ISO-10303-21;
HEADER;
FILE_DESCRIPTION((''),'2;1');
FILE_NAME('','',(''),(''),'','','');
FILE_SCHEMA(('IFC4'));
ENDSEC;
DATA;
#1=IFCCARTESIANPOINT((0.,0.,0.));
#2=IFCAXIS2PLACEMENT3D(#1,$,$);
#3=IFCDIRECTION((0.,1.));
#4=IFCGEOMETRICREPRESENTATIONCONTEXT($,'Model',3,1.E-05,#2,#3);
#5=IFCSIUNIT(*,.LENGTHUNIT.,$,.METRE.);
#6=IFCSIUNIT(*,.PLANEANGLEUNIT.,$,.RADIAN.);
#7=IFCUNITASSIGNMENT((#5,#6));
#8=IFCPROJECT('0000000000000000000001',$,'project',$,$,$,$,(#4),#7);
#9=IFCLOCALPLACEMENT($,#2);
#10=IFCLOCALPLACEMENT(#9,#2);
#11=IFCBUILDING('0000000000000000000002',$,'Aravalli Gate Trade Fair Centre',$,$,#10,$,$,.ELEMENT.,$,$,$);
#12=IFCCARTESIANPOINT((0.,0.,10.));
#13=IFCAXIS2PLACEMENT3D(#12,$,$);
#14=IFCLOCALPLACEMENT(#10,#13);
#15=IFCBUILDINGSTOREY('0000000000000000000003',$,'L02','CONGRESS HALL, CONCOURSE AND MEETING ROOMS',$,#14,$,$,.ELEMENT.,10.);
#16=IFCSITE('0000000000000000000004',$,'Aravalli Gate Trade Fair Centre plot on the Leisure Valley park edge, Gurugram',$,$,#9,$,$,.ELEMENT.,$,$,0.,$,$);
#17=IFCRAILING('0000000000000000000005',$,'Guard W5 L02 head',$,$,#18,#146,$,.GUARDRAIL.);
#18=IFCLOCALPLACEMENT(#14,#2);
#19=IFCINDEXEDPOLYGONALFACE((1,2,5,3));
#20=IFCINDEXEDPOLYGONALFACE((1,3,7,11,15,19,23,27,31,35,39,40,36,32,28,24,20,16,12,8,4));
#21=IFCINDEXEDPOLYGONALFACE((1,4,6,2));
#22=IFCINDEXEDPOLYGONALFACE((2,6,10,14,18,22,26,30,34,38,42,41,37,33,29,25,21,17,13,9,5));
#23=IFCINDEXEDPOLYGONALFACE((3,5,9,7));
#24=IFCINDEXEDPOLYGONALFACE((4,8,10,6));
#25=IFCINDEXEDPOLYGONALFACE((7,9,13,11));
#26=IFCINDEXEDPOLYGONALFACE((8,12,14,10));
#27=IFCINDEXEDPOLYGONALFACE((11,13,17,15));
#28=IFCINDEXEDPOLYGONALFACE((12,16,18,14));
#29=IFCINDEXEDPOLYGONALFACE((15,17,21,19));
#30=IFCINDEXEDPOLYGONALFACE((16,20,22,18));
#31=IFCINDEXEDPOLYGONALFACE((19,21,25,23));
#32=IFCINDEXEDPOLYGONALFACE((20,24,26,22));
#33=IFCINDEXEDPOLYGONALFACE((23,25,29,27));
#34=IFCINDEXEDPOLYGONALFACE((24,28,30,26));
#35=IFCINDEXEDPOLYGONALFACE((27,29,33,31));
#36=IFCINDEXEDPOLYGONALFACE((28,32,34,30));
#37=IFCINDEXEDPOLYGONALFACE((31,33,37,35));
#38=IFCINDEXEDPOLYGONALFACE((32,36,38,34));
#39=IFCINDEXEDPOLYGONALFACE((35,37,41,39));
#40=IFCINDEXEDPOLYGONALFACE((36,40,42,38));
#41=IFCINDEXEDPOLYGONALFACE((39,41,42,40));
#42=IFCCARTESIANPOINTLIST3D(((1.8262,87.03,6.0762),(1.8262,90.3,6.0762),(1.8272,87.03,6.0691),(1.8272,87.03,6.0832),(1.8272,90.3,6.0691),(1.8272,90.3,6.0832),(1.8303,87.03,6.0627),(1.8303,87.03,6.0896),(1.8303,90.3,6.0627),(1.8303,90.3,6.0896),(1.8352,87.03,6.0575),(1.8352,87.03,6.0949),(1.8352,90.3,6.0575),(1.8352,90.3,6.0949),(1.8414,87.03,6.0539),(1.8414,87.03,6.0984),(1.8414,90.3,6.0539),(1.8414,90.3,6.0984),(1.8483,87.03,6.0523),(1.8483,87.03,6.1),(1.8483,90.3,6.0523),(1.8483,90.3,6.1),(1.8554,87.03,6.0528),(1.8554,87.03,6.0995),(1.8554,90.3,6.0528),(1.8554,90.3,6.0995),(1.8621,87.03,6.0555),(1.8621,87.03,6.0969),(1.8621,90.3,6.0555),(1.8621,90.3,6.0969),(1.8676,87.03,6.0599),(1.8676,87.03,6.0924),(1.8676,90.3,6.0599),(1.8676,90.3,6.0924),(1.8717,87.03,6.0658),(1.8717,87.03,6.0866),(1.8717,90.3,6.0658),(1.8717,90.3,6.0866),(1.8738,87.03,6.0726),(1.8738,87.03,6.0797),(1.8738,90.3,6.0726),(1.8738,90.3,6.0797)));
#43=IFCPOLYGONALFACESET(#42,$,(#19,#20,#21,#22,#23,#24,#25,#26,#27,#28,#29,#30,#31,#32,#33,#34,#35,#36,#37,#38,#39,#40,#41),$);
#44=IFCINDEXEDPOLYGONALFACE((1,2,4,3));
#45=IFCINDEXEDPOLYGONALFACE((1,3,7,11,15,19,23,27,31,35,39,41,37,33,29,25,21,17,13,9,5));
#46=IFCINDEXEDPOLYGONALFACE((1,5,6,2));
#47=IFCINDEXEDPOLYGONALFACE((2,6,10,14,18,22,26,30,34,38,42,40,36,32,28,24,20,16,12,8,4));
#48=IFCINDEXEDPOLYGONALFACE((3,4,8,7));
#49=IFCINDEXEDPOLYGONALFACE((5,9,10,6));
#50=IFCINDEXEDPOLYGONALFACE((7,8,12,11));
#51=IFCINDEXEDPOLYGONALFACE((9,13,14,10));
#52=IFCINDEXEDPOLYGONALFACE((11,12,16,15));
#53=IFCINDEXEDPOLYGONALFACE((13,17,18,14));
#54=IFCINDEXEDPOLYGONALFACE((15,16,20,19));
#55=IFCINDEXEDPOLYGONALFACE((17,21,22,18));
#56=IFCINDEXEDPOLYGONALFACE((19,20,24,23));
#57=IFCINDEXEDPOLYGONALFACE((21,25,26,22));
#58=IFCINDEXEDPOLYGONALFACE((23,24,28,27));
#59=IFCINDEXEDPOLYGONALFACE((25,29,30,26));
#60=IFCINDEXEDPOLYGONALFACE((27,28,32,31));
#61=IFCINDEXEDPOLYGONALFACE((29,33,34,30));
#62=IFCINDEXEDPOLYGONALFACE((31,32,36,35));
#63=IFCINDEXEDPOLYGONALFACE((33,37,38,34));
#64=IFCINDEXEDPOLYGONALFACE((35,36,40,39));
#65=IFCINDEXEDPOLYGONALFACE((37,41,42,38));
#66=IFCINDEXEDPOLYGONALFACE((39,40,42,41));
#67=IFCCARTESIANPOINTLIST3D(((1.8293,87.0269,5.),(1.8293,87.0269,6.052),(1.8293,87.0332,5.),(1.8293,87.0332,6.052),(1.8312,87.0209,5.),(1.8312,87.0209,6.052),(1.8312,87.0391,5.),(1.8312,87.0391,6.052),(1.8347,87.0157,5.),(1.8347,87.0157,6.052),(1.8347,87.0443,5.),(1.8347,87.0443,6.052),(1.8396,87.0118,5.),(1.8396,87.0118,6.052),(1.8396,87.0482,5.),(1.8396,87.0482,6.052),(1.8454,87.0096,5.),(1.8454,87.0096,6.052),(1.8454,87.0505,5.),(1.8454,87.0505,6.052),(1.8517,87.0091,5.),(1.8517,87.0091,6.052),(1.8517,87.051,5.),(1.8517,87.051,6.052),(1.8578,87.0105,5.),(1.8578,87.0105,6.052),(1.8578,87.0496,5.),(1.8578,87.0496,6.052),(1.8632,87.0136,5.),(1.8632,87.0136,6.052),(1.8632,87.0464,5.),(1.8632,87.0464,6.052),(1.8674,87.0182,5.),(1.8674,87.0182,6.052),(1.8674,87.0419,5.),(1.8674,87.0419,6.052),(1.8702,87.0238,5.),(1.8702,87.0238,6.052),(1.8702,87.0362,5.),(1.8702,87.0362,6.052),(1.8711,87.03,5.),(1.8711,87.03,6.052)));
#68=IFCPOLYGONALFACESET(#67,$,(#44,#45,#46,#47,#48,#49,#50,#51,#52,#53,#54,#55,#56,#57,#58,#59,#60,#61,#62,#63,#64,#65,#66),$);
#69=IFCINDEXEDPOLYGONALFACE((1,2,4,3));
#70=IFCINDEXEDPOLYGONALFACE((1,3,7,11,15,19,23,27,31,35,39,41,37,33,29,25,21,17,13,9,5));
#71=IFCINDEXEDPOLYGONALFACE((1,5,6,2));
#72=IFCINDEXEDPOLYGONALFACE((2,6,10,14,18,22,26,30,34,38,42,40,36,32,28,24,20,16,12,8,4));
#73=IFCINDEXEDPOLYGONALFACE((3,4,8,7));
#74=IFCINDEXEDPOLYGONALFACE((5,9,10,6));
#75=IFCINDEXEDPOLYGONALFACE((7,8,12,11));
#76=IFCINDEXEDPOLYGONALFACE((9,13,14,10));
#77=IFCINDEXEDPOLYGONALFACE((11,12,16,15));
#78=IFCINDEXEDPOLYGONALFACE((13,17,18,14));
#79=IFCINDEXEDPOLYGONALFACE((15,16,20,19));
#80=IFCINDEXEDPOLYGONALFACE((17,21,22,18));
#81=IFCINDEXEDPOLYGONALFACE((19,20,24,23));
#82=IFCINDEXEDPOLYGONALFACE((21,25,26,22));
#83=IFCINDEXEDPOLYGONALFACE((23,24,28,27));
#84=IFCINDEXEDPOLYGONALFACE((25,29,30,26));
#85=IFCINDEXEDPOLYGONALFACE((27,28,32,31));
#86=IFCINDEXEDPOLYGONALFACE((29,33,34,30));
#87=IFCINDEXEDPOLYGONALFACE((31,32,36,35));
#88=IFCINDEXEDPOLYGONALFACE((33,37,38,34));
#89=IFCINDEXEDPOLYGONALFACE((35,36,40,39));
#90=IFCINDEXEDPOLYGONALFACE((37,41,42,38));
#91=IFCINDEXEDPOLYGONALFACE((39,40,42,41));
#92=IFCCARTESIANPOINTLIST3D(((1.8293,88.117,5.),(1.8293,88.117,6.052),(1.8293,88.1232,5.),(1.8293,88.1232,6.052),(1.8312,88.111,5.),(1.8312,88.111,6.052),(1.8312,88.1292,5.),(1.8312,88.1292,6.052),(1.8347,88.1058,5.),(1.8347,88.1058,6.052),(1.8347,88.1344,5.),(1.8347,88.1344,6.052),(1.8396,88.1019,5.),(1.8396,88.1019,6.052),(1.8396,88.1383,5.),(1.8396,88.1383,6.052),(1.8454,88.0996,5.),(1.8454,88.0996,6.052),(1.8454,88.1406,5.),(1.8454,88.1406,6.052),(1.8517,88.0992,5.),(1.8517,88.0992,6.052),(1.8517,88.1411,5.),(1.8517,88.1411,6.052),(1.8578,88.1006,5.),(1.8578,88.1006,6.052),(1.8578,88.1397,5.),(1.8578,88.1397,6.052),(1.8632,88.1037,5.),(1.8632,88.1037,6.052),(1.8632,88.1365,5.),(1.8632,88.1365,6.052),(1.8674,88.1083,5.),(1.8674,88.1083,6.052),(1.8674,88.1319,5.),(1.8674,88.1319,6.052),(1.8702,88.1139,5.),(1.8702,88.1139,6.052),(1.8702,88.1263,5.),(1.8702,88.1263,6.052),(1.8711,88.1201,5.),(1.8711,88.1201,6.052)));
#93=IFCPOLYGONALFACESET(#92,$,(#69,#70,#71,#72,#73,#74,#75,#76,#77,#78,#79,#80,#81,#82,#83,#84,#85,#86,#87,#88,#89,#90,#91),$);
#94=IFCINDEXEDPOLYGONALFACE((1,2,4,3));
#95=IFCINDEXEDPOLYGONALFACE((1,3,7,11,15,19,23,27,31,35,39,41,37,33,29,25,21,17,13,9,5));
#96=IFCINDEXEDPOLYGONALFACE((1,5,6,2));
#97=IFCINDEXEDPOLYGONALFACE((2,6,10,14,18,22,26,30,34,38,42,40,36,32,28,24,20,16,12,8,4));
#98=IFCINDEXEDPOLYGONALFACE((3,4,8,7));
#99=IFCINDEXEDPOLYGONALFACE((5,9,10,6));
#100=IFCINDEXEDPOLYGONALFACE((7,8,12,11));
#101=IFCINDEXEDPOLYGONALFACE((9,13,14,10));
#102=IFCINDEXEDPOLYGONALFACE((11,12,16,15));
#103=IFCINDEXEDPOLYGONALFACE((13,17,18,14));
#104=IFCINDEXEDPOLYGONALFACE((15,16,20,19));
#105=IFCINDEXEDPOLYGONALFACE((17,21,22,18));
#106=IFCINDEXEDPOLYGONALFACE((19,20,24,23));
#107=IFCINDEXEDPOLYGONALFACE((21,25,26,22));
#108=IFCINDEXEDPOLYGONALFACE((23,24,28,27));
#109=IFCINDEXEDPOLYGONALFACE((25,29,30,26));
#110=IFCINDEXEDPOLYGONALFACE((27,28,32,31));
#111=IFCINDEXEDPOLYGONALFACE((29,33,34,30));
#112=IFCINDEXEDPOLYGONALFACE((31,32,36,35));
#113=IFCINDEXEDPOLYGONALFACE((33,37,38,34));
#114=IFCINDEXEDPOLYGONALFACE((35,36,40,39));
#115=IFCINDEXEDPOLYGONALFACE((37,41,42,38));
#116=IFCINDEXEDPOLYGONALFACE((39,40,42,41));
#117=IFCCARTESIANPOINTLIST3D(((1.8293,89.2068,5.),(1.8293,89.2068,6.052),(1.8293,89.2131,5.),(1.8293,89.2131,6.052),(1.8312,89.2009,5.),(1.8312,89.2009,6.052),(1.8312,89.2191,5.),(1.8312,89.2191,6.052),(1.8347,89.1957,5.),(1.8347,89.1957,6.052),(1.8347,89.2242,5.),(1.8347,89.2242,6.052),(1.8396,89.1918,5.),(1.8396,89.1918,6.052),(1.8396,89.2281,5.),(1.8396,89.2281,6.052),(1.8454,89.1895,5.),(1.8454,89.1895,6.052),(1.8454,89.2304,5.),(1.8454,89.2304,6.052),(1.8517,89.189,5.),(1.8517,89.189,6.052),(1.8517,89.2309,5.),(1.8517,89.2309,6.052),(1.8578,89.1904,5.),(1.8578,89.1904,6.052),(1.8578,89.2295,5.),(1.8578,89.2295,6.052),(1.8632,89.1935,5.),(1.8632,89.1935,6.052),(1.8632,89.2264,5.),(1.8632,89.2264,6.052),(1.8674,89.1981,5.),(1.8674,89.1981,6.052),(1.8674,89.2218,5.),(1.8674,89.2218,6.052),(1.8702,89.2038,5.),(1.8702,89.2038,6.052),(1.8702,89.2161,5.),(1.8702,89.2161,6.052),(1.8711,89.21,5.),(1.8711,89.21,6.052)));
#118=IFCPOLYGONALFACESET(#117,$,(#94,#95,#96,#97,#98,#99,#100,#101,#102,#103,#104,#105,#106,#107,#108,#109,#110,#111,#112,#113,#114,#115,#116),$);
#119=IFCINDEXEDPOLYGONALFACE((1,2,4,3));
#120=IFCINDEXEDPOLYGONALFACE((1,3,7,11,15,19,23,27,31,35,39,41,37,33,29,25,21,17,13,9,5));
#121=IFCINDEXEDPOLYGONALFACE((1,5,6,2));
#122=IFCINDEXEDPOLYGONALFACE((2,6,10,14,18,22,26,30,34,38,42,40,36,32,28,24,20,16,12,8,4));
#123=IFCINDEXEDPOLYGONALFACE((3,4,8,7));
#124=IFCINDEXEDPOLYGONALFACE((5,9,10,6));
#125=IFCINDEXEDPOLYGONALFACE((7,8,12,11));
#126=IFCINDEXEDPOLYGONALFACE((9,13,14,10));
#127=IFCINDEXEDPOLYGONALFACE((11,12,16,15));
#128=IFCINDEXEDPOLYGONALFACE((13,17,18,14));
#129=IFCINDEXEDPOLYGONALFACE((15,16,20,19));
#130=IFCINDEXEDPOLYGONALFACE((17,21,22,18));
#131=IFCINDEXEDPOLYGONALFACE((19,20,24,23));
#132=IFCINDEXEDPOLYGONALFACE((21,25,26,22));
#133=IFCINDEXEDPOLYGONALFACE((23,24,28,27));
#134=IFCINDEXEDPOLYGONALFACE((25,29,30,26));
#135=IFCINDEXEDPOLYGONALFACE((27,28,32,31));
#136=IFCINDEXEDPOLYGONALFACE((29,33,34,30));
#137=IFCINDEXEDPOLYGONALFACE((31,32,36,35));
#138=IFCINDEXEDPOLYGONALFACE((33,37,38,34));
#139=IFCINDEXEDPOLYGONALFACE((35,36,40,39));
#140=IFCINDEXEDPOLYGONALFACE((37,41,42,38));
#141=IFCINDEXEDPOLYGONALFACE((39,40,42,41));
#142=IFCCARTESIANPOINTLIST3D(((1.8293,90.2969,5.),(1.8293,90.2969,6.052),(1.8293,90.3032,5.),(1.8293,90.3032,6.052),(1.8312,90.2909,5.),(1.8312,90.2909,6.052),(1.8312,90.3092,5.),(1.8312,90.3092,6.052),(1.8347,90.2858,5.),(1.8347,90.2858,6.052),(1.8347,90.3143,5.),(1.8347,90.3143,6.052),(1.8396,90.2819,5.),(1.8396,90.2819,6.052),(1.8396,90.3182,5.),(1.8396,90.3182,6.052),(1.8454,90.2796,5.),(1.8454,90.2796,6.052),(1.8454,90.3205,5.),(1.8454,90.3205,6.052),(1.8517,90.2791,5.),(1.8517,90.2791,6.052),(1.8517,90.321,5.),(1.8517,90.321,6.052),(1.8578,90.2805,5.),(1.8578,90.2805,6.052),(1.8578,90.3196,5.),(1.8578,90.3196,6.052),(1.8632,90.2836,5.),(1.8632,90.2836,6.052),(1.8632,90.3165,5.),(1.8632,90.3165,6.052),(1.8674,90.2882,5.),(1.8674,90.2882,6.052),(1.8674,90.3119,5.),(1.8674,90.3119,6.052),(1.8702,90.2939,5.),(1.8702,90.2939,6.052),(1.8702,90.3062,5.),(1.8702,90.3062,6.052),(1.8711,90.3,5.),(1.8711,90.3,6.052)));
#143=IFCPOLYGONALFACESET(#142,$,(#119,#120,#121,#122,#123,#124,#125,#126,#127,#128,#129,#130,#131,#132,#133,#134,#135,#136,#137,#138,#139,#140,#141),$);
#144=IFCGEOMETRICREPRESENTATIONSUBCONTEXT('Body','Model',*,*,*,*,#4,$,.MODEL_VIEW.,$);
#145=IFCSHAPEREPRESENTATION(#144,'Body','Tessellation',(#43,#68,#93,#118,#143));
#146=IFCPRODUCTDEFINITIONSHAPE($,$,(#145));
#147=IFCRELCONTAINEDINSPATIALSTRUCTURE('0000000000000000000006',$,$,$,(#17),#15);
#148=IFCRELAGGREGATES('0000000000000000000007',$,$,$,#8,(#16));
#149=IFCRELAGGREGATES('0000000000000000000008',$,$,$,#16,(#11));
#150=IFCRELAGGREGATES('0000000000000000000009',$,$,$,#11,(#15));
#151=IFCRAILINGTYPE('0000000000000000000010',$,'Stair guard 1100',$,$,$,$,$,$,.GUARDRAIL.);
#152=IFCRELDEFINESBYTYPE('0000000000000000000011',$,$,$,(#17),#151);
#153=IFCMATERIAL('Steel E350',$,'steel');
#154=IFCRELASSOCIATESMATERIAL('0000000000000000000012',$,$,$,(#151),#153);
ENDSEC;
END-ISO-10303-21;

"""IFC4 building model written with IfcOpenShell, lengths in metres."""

from ifc_helpers import new_model, si_unit, direction, frame, origin, origin_2d, place, context, subcontext, project, spatial, circle, extrude, material, type_object, element, save


model = new_model("IFC4")

# Units and contexts
model_context = context("Model", 3, precision=1e-05, world=origin(), true_north=direction((0.0, 1.0)))
body_context = subcontext(model_context, "Body", "Model", "MODEL_VIEW")
ifc_project = project(units=[si_unit("LENGTHUNIT", "METRE"), si_unit("PLANEANGLEUNIT", "RADIAN")], contexts=[model_context])

# Site, building, storey
site_placement = place(None, origin())
site = spatial("IfcSite", under=ifc_project, at=site_placement, Name="Aravalli Gate Trade Fair Centre plot on the Leisure Valley park edge, Gurugram", CompositionType="ELEMENT", RefElevation=0.0)
building_placement = place(site_placement, origin())
building = spatial("IfcBuilding", under=site, at=building_placement, Name="Aravalli Gate Trade Fair Centre", CompositionType="ELEMENT")
storey_placement = place(building_placement, frame((0.0, 0.0, 10.0)))
storey = spatial("IfcBuildingStorey", under=building, at=storey_placement, Name="L02", Description="CONGRESS HALL, CONCOURSE AND MEETING ROOMS", CompositionType="ELEMENT", Elevation=10.0)

# Shared definitions
ifc_material_1 = material(Name="Steel E350", Category="steel")

# Railing
railing_type_1 = type_object("IfcRailingType", Name="Stair guard 1100", PredefinedType="GUARDRAIL", material=ifc_material_1)
railing_placement = place(storey_placement, frame((1.8501, 87.03, 5.0)))
element("IfcRailing", 1, at=railing_placement, inside=storey, type_object=railing_type_1, Name="Guard W5 L02 head", PredefinedType="GUARDRAIL", context=body_context, shape_type="SweptSolid", body=[
    extrude(circle(Radius=0.0239, at=origin_2d()), frame((0.0, 0.0, 1.0762), z_axis=(0.0, 1.0, 0.0), x_axis=(-1.0, 0.0, 0.0)), (0.0, 0.0, 1.0), 3.27),
    extrude(circle(Radius=0.021, at=origin_2d()), origin(), (0.0, 0.0, 1.0), 1.052),
    extrude(circle(Radius=0.021, at=origin_2d()), frame((0.0, 1.0901, 0.0)), (0.0, 0.0, 1.0), 1.052),
    extrude(circle(Radius=0.021, at=origin_2d()), frame((0.0, 2.1799, 0.0)), (0.0, 0.0, 1.0), 1.052),
    extrude(circle(Radius=0.021, at=origin_2d()), frame((0.0, 3.27, 0.0)), (0.0, 0.0, 1.0), 1.052),
])

save(model, "model.ifc")
